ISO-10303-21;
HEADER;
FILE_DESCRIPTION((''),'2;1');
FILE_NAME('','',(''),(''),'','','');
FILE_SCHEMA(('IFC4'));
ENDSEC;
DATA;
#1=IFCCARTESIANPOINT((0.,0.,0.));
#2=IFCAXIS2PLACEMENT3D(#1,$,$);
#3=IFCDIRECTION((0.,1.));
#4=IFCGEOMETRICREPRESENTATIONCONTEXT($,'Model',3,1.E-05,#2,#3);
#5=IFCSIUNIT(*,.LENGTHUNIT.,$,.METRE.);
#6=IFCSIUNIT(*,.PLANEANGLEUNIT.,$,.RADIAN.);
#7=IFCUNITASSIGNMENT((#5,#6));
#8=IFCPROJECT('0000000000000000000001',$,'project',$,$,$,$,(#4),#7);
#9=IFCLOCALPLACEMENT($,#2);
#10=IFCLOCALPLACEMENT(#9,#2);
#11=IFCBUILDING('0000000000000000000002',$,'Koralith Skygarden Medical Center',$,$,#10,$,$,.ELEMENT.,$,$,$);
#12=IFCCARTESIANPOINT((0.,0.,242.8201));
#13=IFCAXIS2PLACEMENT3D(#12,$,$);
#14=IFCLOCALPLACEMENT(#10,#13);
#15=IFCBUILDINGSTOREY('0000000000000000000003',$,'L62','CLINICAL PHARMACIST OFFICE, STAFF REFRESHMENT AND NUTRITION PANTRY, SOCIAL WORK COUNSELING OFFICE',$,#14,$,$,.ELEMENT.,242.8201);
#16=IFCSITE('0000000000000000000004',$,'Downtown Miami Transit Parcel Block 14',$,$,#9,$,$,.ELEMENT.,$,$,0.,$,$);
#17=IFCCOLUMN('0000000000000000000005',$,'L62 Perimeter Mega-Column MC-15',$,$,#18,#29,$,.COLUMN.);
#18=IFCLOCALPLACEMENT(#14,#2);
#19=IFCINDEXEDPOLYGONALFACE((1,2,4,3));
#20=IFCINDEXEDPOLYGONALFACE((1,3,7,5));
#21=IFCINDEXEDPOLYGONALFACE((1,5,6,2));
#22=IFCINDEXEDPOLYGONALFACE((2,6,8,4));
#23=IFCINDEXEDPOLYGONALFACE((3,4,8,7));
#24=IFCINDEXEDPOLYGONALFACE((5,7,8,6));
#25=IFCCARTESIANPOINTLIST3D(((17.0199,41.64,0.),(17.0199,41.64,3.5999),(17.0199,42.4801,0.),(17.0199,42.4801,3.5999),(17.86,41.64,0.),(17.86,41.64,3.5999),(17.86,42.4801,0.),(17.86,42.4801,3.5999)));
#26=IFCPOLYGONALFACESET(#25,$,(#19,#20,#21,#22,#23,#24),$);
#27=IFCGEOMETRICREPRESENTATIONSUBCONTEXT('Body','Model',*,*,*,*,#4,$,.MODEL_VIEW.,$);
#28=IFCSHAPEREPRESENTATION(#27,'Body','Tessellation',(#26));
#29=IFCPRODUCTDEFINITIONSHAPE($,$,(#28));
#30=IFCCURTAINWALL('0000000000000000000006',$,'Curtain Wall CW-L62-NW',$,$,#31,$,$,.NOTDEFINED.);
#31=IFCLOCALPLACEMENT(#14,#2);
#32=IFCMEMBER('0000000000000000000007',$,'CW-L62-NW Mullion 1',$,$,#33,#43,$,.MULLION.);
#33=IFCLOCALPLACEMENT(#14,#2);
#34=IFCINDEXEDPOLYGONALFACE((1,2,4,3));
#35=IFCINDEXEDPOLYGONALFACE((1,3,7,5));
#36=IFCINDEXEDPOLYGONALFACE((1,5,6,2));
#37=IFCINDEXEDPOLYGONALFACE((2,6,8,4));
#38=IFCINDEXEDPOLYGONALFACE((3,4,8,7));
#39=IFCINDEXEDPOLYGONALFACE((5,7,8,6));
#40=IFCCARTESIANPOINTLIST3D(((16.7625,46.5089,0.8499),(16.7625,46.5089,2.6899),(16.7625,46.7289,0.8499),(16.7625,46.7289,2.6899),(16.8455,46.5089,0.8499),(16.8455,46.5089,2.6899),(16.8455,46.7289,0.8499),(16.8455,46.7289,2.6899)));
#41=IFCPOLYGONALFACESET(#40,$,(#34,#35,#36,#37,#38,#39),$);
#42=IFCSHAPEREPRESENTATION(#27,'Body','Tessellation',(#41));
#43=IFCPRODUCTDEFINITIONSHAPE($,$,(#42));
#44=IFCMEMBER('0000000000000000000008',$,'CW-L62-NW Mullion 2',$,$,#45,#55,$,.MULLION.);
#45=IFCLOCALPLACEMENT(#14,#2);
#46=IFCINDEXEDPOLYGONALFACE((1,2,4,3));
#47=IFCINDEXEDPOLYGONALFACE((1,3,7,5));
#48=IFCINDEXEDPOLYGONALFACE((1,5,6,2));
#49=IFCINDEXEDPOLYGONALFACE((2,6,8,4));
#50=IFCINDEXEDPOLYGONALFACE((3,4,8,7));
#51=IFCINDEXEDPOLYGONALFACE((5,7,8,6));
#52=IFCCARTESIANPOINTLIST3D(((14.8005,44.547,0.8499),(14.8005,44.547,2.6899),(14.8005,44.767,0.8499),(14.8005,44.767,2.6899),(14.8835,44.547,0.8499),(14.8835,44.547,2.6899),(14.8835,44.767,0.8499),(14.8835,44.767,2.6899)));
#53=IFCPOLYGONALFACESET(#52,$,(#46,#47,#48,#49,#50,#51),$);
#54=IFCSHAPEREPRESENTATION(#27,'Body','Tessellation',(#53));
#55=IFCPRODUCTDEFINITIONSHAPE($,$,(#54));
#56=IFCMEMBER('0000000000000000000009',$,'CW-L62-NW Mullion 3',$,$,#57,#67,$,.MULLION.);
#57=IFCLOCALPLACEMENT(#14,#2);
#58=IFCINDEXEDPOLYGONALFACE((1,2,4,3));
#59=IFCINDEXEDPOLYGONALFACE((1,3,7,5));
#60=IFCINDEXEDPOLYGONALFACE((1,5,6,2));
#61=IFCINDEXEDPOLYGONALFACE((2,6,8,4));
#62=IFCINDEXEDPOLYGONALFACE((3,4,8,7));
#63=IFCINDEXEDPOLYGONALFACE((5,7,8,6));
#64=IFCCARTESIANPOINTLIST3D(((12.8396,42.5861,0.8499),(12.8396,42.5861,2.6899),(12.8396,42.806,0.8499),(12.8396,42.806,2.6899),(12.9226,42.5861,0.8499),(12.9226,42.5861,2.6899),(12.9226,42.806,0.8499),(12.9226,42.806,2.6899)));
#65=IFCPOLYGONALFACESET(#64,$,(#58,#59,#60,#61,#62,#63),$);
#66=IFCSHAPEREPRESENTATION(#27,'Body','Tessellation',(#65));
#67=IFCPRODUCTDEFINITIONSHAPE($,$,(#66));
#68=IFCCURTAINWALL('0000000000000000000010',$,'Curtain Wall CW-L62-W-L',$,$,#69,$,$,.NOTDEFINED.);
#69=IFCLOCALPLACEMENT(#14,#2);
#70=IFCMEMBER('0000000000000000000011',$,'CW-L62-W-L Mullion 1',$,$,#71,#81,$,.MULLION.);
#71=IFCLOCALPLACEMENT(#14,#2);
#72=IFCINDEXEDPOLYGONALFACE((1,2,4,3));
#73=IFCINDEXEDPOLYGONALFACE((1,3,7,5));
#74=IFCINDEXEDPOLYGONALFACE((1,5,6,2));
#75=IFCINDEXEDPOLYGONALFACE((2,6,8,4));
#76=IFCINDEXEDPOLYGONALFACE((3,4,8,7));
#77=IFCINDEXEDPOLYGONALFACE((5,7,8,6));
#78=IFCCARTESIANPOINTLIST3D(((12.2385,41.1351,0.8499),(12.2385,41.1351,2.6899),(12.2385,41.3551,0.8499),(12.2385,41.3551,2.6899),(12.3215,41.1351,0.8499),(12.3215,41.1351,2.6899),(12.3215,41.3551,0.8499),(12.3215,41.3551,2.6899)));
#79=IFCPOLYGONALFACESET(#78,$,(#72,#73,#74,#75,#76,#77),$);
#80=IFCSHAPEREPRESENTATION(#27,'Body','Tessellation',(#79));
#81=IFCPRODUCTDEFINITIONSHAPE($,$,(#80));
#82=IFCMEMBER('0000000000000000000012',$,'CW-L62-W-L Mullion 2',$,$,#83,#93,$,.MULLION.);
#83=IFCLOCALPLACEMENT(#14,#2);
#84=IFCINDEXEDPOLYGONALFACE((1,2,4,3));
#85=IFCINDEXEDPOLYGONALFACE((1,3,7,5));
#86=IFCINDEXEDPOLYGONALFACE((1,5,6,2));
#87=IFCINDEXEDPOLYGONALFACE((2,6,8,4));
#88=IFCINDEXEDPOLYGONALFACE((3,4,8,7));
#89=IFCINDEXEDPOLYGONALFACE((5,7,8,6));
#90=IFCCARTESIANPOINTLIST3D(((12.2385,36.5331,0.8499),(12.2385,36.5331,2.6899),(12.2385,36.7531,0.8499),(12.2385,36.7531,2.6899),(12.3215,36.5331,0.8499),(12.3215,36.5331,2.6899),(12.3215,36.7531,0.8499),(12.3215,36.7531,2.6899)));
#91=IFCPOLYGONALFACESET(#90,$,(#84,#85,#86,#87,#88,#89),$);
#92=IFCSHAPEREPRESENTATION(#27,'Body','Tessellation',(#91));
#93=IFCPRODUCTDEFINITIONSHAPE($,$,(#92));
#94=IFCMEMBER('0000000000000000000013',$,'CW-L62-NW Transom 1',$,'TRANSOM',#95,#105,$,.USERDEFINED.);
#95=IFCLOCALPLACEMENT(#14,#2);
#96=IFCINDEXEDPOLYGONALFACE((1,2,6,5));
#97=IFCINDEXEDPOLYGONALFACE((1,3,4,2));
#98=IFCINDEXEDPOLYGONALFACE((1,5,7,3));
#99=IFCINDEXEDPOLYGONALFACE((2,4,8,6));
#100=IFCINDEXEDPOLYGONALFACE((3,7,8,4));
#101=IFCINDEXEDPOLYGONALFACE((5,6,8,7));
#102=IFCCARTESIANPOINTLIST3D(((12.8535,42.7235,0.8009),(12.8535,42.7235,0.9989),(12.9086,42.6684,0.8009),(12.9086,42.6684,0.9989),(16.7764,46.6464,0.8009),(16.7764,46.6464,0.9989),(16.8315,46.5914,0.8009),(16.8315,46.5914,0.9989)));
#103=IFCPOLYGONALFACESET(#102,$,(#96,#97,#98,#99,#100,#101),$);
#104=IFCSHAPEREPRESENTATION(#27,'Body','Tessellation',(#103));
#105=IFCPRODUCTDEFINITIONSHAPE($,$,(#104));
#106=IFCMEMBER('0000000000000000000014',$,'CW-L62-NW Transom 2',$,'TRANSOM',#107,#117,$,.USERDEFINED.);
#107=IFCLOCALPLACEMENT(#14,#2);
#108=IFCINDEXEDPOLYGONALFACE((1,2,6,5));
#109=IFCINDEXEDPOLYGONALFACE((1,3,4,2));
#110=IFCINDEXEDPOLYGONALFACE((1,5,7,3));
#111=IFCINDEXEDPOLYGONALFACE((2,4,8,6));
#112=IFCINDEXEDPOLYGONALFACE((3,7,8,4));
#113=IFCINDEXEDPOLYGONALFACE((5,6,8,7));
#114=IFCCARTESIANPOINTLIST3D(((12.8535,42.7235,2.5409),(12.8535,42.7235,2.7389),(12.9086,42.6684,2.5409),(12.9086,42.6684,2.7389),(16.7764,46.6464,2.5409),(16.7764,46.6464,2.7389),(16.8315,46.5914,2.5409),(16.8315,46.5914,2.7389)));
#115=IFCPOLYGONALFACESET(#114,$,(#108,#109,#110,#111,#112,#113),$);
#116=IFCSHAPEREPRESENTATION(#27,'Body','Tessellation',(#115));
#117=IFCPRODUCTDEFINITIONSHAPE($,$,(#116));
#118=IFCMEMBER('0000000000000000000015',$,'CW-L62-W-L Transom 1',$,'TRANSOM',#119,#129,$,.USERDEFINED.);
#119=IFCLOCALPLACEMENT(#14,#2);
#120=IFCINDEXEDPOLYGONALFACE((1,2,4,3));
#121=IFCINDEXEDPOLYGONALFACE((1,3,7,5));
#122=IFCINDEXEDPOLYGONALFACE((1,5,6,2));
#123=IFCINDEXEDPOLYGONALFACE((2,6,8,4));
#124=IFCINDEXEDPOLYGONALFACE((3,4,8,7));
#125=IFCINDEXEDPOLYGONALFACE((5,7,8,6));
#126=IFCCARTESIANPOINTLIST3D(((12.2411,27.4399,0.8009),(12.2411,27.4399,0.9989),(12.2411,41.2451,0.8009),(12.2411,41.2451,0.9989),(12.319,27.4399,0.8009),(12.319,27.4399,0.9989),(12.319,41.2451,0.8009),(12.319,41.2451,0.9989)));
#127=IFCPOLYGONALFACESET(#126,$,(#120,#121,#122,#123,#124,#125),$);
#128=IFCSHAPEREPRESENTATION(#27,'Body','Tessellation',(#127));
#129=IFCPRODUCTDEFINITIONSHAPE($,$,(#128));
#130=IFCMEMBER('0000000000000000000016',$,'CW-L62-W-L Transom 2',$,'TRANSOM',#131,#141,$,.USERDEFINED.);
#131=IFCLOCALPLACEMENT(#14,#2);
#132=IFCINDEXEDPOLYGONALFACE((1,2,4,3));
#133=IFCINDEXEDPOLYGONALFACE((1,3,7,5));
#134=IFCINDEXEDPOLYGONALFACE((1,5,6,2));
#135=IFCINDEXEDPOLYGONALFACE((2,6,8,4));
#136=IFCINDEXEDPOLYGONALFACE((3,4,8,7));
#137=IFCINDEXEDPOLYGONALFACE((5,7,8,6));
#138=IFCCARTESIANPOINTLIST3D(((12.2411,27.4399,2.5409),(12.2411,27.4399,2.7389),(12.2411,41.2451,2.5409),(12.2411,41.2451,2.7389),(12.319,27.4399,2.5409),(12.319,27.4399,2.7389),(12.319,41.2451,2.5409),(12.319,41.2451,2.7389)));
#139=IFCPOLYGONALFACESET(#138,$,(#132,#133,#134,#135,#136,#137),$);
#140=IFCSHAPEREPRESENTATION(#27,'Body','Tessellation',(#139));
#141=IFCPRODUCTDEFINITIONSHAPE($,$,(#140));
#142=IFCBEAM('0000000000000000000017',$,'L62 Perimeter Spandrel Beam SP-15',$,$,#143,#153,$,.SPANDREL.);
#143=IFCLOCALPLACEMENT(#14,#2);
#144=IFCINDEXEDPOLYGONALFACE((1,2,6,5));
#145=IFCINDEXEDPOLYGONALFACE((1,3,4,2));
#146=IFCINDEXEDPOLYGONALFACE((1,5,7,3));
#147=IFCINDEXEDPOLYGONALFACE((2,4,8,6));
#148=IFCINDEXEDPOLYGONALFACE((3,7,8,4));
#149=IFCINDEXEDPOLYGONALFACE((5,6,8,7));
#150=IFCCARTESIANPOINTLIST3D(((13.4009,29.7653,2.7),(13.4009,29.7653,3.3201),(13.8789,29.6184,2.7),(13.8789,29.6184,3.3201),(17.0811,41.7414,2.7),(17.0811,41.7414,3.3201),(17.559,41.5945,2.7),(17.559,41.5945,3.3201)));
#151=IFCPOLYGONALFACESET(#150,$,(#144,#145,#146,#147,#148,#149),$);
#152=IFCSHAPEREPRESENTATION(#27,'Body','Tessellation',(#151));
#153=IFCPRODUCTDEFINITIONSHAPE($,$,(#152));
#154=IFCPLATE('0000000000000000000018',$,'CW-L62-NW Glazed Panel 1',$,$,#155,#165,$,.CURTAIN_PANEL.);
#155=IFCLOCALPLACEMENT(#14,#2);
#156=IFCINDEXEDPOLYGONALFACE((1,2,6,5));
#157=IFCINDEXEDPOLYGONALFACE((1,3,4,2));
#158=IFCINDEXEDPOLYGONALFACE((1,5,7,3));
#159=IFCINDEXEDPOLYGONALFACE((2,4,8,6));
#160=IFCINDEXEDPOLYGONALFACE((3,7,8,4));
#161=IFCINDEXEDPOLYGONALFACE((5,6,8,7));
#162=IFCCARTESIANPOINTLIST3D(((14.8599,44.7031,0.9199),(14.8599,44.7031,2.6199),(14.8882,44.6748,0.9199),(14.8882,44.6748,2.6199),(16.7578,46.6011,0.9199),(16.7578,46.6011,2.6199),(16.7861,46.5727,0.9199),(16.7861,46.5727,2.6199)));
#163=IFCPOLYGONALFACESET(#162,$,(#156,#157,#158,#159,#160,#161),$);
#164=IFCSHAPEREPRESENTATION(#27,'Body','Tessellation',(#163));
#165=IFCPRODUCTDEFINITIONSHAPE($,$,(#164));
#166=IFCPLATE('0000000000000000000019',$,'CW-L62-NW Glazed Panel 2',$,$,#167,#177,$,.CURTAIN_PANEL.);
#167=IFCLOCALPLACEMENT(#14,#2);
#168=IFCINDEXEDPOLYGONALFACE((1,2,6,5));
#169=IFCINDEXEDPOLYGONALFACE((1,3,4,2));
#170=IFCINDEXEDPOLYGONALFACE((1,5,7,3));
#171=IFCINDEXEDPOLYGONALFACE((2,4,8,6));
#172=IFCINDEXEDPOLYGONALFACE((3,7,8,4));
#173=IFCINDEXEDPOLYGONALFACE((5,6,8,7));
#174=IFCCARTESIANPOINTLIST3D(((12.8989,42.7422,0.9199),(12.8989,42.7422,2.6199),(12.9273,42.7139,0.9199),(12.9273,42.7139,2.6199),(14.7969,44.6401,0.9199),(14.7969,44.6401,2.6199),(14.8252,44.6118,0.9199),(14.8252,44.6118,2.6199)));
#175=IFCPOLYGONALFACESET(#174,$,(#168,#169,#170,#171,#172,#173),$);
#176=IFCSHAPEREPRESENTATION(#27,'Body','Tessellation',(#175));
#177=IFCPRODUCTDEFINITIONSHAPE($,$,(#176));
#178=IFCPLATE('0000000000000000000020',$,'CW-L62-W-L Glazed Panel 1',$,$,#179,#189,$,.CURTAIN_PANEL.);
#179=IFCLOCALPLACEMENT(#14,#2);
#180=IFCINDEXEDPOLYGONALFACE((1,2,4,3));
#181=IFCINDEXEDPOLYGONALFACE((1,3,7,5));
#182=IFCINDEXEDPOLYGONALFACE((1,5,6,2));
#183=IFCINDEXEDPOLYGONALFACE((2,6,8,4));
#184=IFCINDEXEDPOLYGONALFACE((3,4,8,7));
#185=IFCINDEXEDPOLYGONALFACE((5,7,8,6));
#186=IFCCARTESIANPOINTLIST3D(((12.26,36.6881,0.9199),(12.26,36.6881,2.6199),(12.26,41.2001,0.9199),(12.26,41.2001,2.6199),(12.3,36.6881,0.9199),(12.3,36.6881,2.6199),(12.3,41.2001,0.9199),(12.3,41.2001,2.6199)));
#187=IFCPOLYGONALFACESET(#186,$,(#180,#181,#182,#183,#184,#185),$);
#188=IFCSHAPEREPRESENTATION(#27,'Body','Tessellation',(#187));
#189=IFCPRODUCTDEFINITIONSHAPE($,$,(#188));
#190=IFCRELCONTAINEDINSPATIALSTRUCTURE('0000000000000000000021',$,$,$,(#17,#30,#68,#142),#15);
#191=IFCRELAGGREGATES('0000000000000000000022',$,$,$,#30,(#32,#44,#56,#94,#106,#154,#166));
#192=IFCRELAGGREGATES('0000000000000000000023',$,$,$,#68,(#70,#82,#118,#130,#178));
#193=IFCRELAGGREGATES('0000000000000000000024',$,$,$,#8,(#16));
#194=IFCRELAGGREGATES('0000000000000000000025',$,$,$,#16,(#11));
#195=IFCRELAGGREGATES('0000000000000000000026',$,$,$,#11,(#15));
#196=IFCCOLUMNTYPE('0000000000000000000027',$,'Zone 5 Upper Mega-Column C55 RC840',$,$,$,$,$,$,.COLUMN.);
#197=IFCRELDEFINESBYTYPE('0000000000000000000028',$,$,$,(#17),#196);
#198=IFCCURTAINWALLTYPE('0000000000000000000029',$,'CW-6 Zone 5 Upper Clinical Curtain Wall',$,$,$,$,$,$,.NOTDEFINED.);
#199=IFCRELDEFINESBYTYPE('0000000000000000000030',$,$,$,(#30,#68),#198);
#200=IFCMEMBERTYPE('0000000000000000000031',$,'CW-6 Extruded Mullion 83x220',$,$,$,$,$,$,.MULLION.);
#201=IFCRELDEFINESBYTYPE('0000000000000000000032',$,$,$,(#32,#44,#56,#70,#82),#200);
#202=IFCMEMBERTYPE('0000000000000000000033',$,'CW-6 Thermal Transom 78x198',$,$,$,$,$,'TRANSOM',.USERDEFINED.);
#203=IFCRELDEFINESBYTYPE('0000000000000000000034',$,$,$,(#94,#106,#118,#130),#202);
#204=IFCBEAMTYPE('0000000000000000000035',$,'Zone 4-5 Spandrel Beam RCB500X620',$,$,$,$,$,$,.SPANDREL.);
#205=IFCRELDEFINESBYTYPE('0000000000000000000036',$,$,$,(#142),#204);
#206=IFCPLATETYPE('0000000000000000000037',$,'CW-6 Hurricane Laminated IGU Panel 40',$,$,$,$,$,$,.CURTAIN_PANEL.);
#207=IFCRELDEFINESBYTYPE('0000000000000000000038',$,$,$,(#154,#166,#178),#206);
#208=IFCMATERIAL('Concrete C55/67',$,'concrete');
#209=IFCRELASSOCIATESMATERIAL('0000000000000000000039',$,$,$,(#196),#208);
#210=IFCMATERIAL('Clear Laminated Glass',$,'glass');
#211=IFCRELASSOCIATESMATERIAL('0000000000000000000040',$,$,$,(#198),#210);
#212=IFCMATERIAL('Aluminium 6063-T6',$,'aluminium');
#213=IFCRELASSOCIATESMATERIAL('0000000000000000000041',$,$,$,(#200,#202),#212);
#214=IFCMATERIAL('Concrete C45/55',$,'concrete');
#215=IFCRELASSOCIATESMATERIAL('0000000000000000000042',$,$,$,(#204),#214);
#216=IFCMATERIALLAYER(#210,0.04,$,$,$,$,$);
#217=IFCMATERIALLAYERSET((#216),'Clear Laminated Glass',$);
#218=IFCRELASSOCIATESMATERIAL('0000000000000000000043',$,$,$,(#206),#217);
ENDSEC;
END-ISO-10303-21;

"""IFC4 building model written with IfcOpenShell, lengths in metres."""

from ifc_helpers import new_model, si_unit, direction, frame, origin, origin_2d, place, context, subcontext, project, spatial, rectangle, extrude, material, layer, layer_set, material_profile, profile_set, type_object, element, aggregate, save


model = new_model("IFC4")

# Units and contexts
model_context = context("Model", 3, precision=1e-05, world=origin(), true_north=direction((0.0, 1.0)))
body_context = subcontext(model_context, "Body", "Model", "MODEL_VIEW")
ifc_project = project(units=[si_unit("LENGTHUNIT", "METRE"), si_unit("PLANEANGLEUNIT", "RADIAN")], contexts=[model_context])

# Site, building, storey
site_placement = place(None, origin())
site = spatial("IfcSite", under=ifc_project, at=site_placement, Name="Downtown Miami Transit Parcel Block 14", CompositionType="ELEMENT", RefElevation=0.0)
building_placement = place(site_placement, origin())
building = spatial("IfcBuilding", under=site, at=building_placement, Name="Koralith Skygarden Medical Center", CompositionType="ELEMENT")
storey_placement = place(building_placement, frame((0.0, 0.0, 242.8201)))
storey = spatial("IfcBuildingStorey", under=building, at=storey_placement, Name="L62", Description="CLINICAL PHARMACIST OFFICE, STAFF REFRESHMENT AND NUTRITION PANTRY, SOCIAL WORK COUNSELING OFFICE", CompositionType="ELEMENT", Elevation=242.8201)

# Column
ifc_material_1 = material(Name="Concrete C55/67", Category="concrete")
ifc_material_profile_1 = material_profile(ifc_material_1, rectangle(XDim=0.8401, YDim=0.8401, at=origin_2d()), Name="RC840X840")
ifc_profile_set_1 = profile_set([ifc_material_profile_1], Name="Concrete C55/67")
column_type = type_object("IfcColumnType", Name="Zone 5 Upper Mega-Column C55 RC840", PredefinedType="COLUMN", material=ifc_profile_set_1)
column_placement = place(storey_placement, frame((17.4399, 42.0601, 0.0), z_axis=(0.0, 0.0, 1.0), x_axis=(1.0, 0.0, 0.0)))
element("IfcColumn", 1, at=column_placement, inside=storey, type_object=column_type, Name="L62 Perimeter Mega-Column MC-15", PredefinedType="COLUMN", context=body_context, shape_type="SweptSolid", body=[
    extrude(rectangle(XDim=0.8401, YDim=0.8401, at=origin_2d()), origin(), (0.0, 0.0, 1.0), 3.5999),
])

# Curtain walls, members
ifc_material_2 = material(Name="Clear Laminated Glass", Category="glass")
curtain_wall_type = type_object("IfcCurtainWallType", Name="CW-6 Zone 5 Upper Clinical Curtain Wall", PredefinedType="NOTDEFINED", material=ifc_material_2)
curtain_wall_1_placement = place(storey_placement, origin())
curtain_wall_1 = element("IfcCurtainWall", 2, at=curtain_wall_1_placement, inside=storey, type_object=curtain_wall_type, Name="Curtain Wall CW-L62-NW", PredefinedType="NOTDEFINED")
ifc_material_3 = material(Name="Aluminium 6063-T6", Category="aluminium")
ifc_material_profile_2 = material_profile(ifc_material_3, rectangle(XDim=0.083, YDim=0.22, at=origin_2d()), Name="MUL83X220")
ifc_profile_set_2 = profile_set([ifc_material_profile_2], Name="Aluminium 6063-T6")
member_type_1 = type_object("IfcMemberType", Name="CW-6 Extruded Mullion 83x220", PredefinedType="MULLION", material=ifc_profile_set_2)
member_1_placement = place(storey_placement, frame((16.804, 46.6189, 0.8499), z_axis=(0.0, 0.0, 1.0), x_axis=(1.0, 0.0, 0.0)))
member_1 = element("IfcMember", 3, at=member_1_placement, type_object=member_type_1, Name="CW-L62-NW Mullion 1", PredefinedType="MULLION", context=body_context, shape_type="SweptSolid", body=[
    extrude(rectangle(XDim=0.083, YDim=0.22, at=origin_2d()), origin(), (0.0, 0.0, 1.0), 1.8401),
])
member_2_placement = place(storey_placement, frame((14.842, 44.657, 0.8499), z_axis=(0.0, 0.0, 1.0), x_axis=(1.0, 0.0, 0.0)))
member_2 = element("IfcMember", 4, at=member_2_placement, type_object=member_type_1, Name="CW-L62-NW Mullion 2", PredefinedType="MULLION", context=body_context, shape_type="SweptSolid", body=[
    extrude(rectangle(XDim=0.083, YDim=0.22, at=origin_2d()), origin(), (0.0, 0.0, 1.0), 1.8401),
])
member_3_placement = place(storey_placement, frame((12.8811, 42.696, 0.8499), z_axis=(0.0, 0.0, 1.0), x_axis=(1.0, 0.0, 0.0)))
member_3 = element("IfcMember", 5, at=member_3_placement, type_object=member_type_1, Name="CW-L62-NW Mullion 3", PredefinedType="MULLION", context=body_context, shape_type="SweptSolid", body=[
    extrude(rectangle(XDim=0.083, YDim=0.22, at=origin_2d()), origin(), (0.0, 0.0, 1.0), 1.8401),
])
curtain_wall_2_placement = place(storey_placement, origin())
curtain_wall_2 = element("IfcCurtainWall", 6, at=curtain_wall_2_placement, inside=storey, type_object=curtain_wall_type, Name="Curtain Wall CW-L62-W-L", PredefinedType="NOTDEFINED")
member_4_placement = place(storey_placement, frame((12.28, 41.2451, 0.8499), z_axis=(0.0, 0.0, 1.0), x_axis=(1.0, 0.0, 0.0)))
member_4 = element("IfcMember", 7, at=member_4_placement, type_object=member_type_1, Name="CW-L62-W-L Mullion 1", PredefinedType="MULLION", context=body_context, shape_type="SweptSolid", body=[
    extrude(rectangle(XDim=0.083, YDim=0.22, at=origin_2d()), origin(), (0.0, 0.0, 1.0), 1.8401),
])
member_5_placement = place(storey_placement, frame((12.28, 36.6431, 0.8499), z_axis=(0.0, 0.0, 1.0), x_axis=(1.0, 0.0, 0.0)))
member_5 = element("IfcMember", 8, at=member_5_placement, type_object=member_type_1, Name="CW-L62-W-L Mullion 2", PredefinedType="MULLION", context=body_context, shape_type="SweptSolid", body=[
    extrude(rectangle(XDim=0.083, YDim=0.22, at=origin_2d()), origin(), (0.0, 0.0, 1.0), 1.8401),
])

# Members
ifc_material_profile_3 = material_profile(ifc_material_3, rectangle(XDim=0.0779, YDim=0.198, at=origin_2d()), Name="TRN78X198")
ifc_profile_set_3 = profile_set([ifc_material_profile_3], Name="Aluminium 6063-T6")
member_type_2 = type_object("IfcMemberType", Name="CW-6 Thermal Transom 78x198", ElementType="TRANSOM", PredefinedType="USERDEFINED", material=ifc_profile_set_3)
member_6_placement = place(storey_placement, frame((16.804, 46.6189, 0.8999), z_axis=(-0.707107, -0.707107, 0.0), x_axis=(0.707107, -0.707107, 0.0)))
member_6 = element("IfcMember", 9, at=member_6_placement, type_object=member_type_2, Name="CW-L62-NW Transom 1", ObjectType="TRANSOM", PredefinedType="USERDEFINED", context=body_context, shape_type="SweptSolid", body=[
    extrude(rectangle(XDim=0.0779, YDim=0.198, at=origin_2d()), origin(), (0.0, 0.0, 1.0), 5.5479),
])
member_7_placement = place(storey_placement, frame((16.804, 46.6189, 2.6399), z_axis=(-0.707107, -0.707107, 0.0), x_axis=(0.707107, -0.707107, 0.0)))
member_7 = element("IfcMember", 10, at=member_7_placement, type_object=member_type_2, Name="CW-L62-NW Transom 2", ObjectType="TRANSOM", PredefinedType="USERDEFINED", context=body_context, shape_type="SweptSolid", body=[
    extrude(rectangle(XDim=0.0779, YDim=0.198, at=origin_2d()), origin(), (0.0, 0.0, 1.0), 5.5479),
])
member_8_placement = place(storey_placement, frame((12.28, 41.2451, 0.8999), z_axis=(0.0, -1.0, 0.0), x_axis=(1.0, 0.0, 0.0)))
member_8 = element("IfcMember", 11, at=member_8_placement, type_object=member_type_2, Name="CW-L62-W-L Transom 1", ObjectType="TRANSOM", PredefinedType="USERDEFINED", context=body_context, shape_type="SweptSolid", body=[
    extrude(rectangle(XDim=0.0779, YDim=0.198, at=origin_2d()), origin(), (0.0, 0.0, 1.0), 13.8052),
])
member_9_placement = place(storey_placement, frame((12.28, 41.2451, 2.6399), z_axis=(0.0, -1.0, 0.0), x_axis=(1.0, 0.0, 0.0)))
member_9 = element("IfcMember", 12, at=member_9_placement, type_object=member_type_2, Name="CW-L62-W-L Transom 2", ObjectType="TRANSOM", PredefinedType="USERDEFINED", context=body_context, shape_type="SweptSolid", body=[
    extrude(rectangle(XDim=0.0779, YDim=0.198, at=origin_2d()), origin(), (0.0, 0.0, 1.0), 13.8052),
])

# Beam
ifc_material_4 = material(Name="Concrete C45/55", Category="concrete")
ifc_material_profile_4 = material_profile(ifc_material_4, rectangle(XDim=0.5, YDim=0.6201, at=origin_2d()), Name="RCB500X620")
ifc_profile_set_4 = profile_set([ifc_material_profile_4], Name="Concrete C45/55")
beam_type = type_object("IfcBeamType", Name="Zone 4-5 Spandrel Beam RCB500X620", PredefinedType="SPANDREL", material=ifc_profile_set_4)
beam_placement = place(storey_placement, frame((17.3201, 41.668, 3.01), z_axis=(-0.293738, -0.955886, 0.0), x_axis=(0.955886, -0.293738, 0.0)))
element("IfcBeam", 13, at=beam_placement, inside=storey, type_object=beam_type, Name="L62 Perimeter Spandrel Beam SP-15", PredefinedType="SPANDREL", context=body_context, shape_type="SweptSolid", body=[
    extrude(rectangle(XDim=0.5, YDim=0.6201, at=origin_2d()), origin(), (0.0, 0.0, 1.0), 12.5288),
])

# Plates
ifc_layer_1 = layer(ifc_material_2, 0.04)
ifc_layer_set_1 = layer_set([ifc_layer_1], Name="Clear Laminated Glass")
plate_type_1 = type_object("IfcPlateType", Name="CW-6 Hurricane Laminated IGU Panel 40", PredefinedType="CURTAIN_PANEL", material=ifc_layer_set_1)
plate_1_placement = place(storey_placement, frame((15.823, 45.6379, 0.9199), z_axis=(0.0, 0.0, 1.0), x_axis=(-0.707107, -0.707107, 0.0)))
plate_1 = element("IfcPlate", 14, at=plate_1_placement, type_object=plate_type_1, Name="CW-L62-NW Glazed Panel 1", PredefinedType="CURTAIN_PANEL", context=body_context, shape_type="SweptSolid", body=[
    extrude(rectangle(XDim=2.6841, YDim=0.04, at=origin_2d()), origin(), (0.0, 0.0, 1.0), 1.7),
])
plate_2_placement = place(storey_placement, frame((13.8621, 43.677, 0.9199), z_axis=(0.0, 0.0, 1.0), x_axis=(-0.707107, -0.707107, 0.0)))
plate_2 = element("IfcPlate", 15, at=plate_2_placement, type_object=plate_type_1, Name="CW-L62-NW Glazed Panel 2", PredefinedType="CURTAIN_PANEL", context=body_context, shape_type="SweptSolid", body=[
    extrude(rectangle(XDim=2.6841, YDim=0.04, at=origin_2d()), origin(), (0.0, 0.0, 1.0), 1.7),
])
aggregate(curtain_wall_1, [member_1, member_2, member_3, member_6, member_7, plate_1, plate_2])
plate_3_placement = place(storey_placement, frame((12.28, 38.9441, 0.9199), z_axis=(0.0, 0.0, 1.0), x_axis=(0.0, -1.0, 0.0)))
plate_3 = element("IfcPlate", 16, at=plate_3_placement, type_object=plate_type_1, Name="CW-L62-W-L Glazed Panel 1", PredefinedType="CURTAIN_PANEL", context=body_context, shape_type="SweptSolid", body=[
    extrude(rectangle(XDim=4.512, YDim=0.04, at=origin_2d()), origin(), (0.0, 0.0, 1.0), 1.7),
])
aggregate(curtain_wall_2, [member_4, member_5, member_8, member_9, plate_3])

save(model, "model.ifc")
